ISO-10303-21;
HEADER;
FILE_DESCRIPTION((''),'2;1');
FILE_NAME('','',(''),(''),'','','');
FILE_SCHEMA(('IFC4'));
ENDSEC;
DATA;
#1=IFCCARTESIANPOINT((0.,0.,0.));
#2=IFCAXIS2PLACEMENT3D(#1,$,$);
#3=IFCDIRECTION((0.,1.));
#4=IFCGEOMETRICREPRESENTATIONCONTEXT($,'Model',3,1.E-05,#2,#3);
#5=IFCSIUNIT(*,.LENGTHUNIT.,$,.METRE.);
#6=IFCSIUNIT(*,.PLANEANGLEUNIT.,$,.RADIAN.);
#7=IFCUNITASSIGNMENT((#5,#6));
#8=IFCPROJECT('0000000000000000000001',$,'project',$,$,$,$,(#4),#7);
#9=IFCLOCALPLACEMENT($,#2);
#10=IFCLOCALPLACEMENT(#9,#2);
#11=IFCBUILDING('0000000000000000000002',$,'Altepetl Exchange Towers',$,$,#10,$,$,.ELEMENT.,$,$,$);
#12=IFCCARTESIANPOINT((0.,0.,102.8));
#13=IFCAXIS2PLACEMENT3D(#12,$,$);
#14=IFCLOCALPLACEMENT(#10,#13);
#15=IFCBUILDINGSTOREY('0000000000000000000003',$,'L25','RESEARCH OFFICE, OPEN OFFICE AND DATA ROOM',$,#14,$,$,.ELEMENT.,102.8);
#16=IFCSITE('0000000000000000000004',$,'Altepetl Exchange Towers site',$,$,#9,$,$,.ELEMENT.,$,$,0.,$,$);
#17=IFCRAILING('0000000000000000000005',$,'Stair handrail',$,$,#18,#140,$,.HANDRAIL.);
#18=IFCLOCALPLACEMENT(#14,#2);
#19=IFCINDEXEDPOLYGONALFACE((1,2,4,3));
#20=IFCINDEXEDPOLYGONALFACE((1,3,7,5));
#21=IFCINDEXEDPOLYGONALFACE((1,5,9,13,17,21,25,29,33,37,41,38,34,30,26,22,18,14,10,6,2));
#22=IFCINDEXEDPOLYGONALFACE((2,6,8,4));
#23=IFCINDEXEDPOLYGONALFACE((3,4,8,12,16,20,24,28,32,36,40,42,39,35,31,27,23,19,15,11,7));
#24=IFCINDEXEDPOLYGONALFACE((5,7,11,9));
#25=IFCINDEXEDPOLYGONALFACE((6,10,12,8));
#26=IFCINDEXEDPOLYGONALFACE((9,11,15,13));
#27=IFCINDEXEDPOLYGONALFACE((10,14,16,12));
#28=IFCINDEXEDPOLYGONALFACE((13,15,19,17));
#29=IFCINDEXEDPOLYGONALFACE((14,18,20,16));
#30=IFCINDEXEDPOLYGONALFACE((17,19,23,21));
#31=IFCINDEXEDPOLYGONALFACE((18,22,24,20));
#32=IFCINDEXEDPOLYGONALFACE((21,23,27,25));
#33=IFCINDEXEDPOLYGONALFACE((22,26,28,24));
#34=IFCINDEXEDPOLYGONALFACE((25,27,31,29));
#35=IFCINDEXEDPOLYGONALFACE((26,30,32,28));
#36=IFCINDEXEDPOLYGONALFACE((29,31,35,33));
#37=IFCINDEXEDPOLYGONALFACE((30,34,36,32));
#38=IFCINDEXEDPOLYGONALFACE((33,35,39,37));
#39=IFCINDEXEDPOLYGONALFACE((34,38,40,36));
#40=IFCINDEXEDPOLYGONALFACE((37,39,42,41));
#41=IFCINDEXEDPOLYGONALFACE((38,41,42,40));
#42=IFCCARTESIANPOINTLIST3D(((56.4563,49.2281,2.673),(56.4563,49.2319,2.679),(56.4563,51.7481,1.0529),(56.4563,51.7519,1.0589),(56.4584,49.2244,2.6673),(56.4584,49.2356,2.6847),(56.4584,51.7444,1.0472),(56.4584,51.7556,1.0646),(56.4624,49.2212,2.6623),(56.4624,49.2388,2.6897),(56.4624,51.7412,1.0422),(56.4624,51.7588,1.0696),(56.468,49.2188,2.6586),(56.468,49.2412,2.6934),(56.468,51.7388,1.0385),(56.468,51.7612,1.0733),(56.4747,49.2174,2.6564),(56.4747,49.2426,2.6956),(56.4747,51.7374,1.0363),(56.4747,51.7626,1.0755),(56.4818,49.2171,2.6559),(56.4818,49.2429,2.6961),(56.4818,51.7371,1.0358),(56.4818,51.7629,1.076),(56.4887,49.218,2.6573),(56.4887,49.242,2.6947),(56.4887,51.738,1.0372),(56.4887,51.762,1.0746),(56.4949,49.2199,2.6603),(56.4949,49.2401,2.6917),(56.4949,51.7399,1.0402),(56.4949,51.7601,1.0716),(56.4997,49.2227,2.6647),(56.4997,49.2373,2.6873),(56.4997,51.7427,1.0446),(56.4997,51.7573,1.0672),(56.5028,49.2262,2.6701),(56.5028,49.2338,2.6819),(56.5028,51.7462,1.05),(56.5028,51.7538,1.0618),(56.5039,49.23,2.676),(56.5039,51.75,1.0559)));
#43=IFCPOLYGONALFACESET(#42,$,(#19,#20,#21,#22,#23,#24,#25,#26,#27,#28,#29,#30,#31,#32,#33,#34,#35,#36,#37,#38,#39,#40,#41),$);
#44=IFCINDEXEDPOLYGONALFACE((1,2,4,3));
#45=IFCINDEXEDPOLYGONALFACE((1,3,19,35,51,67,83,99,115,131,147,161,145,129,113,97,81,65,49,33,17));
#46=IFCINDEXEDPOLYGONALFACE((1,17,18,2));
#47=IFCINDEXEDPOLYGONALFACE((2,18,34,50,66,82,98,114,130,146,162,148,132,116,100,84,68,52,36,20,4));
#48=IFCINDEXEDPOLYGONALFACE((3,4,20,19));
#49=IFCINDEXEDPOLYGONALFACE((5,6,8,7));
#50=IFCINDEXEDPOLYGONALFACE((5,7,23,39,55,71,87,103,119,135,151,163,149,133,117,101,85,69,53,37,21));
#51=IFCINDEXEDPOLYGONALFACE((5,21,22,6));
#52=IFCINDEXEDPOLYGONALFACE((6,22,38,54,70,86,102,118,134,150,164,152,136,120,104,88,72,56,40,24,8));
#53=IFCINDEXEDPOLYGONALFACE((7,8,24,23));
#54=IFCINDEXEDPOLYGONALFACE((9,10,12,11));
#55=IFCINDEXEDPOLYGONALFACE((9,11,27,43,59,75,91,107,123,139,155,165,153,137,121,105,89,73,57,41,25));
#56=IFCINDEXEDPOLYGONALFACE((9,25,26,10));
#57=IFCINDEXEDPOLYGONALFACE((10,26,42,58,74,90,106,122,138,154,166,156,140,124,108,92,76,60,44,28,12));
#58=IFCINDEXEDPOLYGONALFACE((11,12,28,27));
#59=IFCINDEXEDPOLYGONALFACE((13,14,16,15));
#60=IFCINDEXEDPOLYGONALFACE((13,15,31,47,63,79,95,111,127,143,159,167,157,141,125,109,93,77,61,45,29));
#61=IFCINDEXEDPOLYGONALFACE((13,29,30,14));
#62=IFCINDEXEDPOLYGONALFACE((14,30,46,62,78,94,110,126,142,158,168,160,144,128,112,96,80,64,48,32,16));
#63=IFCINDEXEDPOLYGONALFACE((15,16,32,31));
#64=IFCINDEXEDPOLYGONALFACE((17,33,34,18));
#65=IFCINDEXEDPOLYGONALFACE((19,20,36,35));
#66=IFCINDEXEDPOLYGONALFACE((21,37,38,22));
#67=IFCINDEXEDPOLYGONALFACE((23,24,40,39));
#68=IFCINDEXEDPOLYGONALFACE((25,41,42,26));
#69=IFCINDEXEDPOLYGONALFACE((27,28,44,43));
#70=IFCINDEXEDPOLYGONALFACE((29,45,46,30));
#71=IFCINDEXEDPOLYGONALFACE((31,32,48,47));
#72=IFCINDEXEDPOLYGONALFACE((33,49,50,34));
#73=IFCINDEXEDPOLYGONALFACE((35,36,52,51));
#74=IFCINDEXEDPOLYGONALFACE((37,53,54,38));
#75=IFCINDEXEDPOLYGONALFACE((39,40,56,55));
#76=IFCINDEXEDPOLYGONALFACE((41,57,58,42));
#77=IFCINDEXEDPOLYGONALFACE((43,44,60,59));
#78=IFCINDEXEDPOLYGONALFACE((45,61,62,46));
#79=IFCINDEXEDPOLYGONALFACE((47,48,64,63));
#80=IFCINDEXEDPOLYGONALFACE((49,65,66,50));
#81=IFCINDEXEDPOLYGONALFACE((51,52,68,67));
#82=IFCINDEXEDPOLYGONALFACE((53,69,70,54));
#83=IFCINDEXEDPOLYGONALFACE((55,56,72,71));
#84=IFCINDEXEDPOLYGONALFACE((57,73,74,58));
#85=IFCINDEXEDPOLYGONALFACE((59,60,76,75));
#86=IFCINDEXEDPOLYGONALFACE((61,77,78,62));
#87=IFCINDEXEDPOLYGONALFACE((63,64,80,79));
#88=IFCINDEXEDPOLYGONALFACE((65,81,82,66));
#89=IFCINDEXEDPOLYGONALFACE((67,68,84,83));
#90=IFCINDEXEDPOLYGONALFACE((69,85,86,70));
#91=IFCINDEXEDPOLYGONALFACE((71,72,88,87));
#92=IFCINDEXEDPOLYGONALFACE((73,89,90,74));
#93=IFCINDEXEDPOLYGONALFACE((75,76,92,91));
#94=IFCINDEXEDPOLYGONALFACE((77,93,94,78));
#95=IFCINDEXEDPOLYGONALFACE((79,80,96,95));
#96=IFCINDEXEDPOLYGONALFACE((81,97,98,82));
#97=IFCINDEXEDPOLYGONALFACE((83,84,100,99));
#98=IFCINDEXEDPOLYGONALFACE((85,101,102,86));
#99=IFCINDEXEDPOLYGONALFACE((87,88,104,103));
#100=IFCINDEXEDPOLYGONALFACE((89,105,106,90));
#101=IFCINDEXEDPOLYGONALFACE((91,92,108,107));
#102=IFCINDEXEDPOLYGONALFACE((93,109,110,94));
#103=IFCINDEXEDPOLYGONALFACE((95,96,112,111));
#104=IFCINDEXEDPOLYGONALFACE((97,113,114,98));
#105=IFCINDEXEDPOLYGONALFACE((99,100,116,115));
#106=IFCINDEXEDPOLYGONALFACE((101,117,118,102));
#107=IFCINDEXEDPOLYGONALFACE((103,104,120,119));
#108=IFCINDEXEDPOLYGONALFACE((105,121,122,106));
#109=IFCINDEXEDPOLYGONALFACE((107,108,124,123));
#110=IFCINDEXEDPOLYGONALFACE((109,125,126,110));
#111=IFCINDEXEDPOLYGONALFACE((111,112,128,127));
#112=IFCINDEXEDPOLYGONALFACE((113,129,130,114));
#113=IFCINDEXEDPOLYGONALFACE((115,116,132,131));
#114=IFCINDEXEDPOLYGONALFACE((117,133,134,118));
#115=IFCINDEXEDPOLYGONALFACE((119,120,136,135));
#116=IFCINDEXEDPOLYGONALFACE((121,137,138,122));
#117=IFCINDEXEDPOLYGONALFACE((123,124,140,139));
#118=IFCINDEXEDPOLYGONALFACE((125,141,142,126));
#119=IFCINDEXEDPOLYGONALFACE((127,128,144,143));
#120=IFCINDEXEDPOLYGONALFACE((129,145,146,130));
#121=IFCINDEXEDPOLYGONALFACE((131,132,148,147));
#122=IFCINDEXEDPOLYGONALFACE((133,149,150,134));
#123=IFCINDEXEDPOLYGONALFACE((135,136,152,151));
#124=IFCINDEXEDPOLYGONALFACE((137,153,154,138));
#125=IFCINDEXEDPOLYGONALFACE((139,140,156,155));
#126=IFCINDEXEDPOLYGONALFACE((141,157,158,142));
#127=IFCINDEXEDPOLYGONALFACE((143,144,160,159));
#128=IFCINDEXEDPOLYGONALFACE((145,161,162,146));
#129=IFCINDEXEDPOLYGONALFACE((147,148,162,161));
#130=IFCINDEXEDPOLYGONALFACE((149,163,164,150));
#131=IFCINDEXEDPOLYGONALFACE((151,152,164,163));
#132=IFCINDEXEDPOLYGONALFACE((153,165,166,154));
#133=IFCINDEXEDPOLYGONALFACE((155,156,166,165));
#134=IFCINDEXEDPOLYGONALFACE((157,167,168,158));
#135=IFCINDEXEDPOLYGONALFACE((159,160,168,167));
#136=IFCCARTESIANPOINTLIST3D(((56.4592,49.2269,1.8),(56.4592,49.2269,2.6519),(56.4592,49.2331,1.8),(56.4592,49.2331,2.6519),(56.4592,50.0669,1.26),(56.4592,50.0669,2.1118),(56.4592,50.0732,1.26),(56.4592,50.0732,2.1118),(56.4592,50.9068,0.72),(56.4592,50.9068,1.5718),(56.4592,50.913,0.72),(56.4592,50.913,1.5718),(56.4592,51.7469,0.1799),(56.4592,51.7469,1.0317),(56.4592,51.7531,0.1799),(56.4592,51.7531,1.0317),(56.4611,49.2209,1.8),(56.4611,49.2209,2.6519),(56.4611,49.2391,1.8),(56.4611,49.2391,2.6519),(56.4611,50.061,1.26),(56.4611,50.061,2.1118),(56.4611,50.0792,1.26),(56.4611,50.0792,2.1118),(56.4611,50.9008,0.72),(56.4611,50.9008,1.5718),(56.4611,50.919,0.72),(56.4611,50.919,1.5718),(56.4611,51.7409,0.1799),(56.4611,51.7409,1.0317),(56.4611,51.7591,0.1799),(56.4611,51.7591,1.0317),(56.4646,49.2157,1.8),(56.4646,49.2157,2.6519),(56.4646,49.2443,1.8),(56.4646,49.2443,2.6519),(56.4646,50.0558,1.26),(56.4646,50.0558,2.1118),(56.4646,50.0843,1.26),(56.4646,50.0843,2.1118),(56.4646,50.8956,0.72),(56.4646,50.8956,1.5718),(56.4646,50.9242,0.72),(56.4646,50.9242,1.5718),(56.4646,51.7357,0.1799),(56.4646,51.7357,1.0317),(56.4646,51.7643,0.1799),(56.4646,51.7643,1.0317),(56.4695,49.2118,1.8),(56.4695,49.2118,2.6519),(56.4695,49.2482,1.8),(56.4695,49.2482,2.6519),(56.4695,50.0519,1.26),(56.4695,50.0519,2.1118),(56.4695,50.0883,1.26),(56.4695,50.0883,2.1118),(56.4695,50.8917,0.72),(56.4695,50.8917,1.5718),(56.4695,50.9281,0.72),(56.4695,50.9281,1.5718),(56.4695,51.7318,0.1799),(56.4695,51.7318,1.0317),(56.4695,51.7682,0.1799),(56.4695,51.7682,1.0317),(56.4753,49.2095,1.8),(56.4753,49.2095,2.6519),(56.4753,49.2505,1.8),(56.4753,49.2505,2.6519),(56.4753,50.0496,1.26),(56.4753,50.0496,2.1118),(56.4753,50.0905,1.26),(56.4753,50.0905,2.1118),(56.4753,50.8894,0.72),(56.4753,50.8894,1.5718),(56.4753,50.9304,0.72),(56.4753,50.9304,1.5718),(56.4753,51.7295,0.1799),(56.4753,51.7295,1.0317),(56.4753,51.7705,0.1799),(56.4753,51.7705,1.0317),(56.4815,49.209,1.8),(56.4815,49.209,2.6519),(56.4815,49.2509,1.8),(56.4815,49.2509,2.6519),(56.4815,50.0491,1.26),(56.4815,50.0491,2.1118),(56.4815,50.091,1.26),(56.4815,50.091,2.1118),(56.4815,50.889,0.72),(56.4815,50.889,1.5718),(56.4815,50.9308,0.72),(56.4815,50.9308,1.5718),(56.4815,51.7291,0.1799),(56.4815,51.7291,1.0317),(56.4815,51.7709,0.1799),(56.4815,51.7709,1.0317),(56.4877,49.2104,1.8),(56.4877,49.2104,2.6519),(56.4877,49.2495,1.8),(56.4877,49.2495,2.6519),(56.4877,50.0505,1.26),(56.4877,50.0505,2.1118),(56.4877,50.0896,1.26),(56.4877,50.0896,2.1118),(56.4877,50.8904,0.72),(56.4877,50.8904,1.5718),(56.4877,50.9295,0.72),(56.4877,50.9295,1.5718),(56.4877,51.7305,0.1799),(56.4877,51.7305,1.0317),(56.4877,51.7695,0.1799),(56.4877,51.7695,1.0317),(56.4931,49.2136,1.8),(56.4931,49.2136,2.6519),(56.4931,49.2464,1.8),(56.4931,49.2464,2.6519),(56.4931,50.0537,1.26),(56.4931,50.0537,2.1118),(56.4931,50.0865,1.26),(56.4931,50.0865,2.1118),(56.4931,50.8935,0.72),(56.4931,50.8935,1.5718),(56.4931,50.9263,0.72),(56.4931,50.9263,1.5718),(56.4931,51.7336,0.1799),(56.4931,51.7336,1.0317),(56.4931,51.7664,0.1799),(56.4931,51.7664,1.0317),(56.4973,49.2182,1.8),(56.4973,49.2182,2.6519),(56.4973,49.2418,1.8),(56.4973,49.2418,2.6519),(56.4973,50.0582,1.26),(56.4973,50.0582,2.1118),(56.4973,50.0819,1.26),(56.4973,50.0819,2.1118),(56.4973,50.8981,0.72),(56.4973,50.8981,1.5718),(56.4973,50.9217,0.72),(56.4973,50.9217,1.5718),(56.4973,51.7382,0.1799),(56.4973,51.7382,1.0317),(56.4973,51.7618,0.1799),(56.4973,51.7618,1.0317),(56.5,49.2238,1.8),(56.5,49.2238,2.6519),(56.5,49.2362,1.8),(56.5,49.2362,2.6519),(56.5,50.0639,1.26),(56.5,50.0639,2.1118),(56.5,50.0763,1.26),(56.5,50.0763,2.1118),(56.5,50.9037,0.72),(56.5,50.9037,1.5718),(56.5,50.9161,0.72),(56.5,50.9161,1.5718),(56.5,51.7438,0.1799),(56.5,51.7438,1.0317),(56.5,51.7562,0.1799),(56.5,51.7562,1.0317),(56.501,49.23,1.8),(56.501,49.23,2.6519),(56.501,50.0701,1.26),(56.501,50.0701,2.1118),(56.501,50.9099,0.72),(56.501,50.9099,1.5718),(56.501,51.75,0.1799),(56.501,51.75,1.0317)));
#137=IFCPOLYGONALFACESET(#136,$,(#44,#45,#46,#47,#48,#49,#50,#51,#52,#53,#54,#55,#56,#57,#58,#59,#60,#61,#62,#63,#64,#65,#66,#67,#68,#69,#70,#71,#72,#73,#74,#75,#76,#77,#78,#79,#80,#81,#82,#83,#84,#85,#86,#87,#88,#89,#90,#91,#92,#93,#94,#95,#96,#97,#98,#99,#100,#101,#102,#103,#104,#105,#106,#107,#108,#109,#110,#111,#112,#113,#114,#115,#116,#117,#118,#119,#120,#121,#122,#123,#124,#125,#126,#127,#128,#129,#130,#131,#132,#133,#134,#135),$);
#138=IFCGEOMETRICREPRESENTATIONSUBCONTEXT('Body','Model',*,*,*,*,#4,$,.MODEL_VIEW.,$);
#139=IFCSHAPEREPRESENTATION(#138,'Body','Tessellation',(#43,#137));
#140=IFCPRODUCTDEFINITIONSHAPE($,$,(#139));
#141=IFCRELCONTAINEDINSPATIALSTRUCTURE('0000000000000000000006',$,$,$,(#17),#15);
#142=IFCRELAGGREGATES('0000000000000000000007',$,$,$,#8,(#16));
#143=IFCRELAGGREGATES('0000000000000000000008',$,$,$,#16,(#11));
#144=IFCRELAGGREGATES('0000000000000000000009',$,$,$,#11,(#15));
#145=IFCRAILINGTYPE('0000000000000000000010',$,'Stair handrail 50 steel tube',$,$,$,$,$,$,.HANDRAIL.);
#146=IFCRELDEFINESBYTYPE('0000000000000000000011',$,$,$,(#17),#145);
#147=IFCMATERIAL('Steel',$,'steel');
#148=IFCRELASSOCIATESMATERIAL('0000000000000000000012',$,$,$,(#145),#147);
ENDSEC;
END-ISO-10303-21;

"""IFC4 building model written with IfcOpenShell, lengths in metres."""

from ifc_helpers import new_model, si_unit, direction, frame, origin, origin_2d, place, context, subcontext, project, spatial, circle, extrude, source, transform, mapped, material, type_object, element, save


model = new_model("IFC4")

# Units and contexts
model_context = context("Model", 3, precision=1e-05, world=origin(), true_north=direction((0.0, 1.0)))
body_context = subcontext(model_context, "Body", "Model", "MODEL_VIEW")
ifc_project = project(units=[si_unit("LENGTHUNIT", "METRE"), si_unit("PLANEANGLEUNIT", "RADIAN")], contexts=[model_context])

# Site, building, storey
site_placement = place(None, origin())
site = spatial("IfcSite", under=ifc_project, at=site_placement, Name="Altepetl Exchange Towers site", CompositionType="ELEMENT", RefElevation=0.0)
building_placement = place(site_placement, origin())
building = spatial("IfcBuilding", under=site, at=building_placement, Name="Altepetl Exchange Towers", CompositionType="ELEMENT")
storey_placement = place(building_placement, frame((0.0, 0.0, 102.8)))
storey = spatial("IfcBuildingStorey", under=building, at=storey_placement, Name="L25", Description="RESEARCH OFFICE, OPEN OFFICE AND DATA ROOM", CompositionType="ELEMENT", Elevation=102.8)

# Railing
ifc_material_1 = material(Name="Steel", Category="steel")
railing_type = type_object("IfcRailingType", Name="Stair handrail 50 steel tube", PredefinedType="HANDRAIL", material=ifc_material_1)
shared_shape = source(origin(), body_context, "Body", "SweptSolid", [
    extrude(circle(Radius=0.021, at=origin_2d()), origin(), (0.0, 0.0, 1.0), 0.8518),
])
railing_placement = place(storey_placement, frame((56.48, 51.75, 0.1799)))
element("IfcRailing", 1, at=railing_placement, inside=storey, type_object=railing_type, Name="Stair handrail", PredefinedType="HANDRAIL", context=body_context, shape_type="SweptSolid", body=[
    extrude(circle(Radius=0.0239, at=origin_2d()), frame((0.0, 0.0, 0.876), z_axis=(0.0, -0.841163, 0.540782), x_axis=(1.0, 0.0, 0.0)), (0.0, 0.0, 1.0), 2.9958),
    mapped(shared_shape, transform((0.0, 0.0, 0.0))),
    mapped(shared_shape, transform((0.0, -0.8401, 0.54))),
    mapped(shared_shape, transform((0.0, -1.6799, 1.0801))),
    mapped(shared_shape, transform((0.0, -2.52, 1.6201))),
])

save(model, "model.ifc")
